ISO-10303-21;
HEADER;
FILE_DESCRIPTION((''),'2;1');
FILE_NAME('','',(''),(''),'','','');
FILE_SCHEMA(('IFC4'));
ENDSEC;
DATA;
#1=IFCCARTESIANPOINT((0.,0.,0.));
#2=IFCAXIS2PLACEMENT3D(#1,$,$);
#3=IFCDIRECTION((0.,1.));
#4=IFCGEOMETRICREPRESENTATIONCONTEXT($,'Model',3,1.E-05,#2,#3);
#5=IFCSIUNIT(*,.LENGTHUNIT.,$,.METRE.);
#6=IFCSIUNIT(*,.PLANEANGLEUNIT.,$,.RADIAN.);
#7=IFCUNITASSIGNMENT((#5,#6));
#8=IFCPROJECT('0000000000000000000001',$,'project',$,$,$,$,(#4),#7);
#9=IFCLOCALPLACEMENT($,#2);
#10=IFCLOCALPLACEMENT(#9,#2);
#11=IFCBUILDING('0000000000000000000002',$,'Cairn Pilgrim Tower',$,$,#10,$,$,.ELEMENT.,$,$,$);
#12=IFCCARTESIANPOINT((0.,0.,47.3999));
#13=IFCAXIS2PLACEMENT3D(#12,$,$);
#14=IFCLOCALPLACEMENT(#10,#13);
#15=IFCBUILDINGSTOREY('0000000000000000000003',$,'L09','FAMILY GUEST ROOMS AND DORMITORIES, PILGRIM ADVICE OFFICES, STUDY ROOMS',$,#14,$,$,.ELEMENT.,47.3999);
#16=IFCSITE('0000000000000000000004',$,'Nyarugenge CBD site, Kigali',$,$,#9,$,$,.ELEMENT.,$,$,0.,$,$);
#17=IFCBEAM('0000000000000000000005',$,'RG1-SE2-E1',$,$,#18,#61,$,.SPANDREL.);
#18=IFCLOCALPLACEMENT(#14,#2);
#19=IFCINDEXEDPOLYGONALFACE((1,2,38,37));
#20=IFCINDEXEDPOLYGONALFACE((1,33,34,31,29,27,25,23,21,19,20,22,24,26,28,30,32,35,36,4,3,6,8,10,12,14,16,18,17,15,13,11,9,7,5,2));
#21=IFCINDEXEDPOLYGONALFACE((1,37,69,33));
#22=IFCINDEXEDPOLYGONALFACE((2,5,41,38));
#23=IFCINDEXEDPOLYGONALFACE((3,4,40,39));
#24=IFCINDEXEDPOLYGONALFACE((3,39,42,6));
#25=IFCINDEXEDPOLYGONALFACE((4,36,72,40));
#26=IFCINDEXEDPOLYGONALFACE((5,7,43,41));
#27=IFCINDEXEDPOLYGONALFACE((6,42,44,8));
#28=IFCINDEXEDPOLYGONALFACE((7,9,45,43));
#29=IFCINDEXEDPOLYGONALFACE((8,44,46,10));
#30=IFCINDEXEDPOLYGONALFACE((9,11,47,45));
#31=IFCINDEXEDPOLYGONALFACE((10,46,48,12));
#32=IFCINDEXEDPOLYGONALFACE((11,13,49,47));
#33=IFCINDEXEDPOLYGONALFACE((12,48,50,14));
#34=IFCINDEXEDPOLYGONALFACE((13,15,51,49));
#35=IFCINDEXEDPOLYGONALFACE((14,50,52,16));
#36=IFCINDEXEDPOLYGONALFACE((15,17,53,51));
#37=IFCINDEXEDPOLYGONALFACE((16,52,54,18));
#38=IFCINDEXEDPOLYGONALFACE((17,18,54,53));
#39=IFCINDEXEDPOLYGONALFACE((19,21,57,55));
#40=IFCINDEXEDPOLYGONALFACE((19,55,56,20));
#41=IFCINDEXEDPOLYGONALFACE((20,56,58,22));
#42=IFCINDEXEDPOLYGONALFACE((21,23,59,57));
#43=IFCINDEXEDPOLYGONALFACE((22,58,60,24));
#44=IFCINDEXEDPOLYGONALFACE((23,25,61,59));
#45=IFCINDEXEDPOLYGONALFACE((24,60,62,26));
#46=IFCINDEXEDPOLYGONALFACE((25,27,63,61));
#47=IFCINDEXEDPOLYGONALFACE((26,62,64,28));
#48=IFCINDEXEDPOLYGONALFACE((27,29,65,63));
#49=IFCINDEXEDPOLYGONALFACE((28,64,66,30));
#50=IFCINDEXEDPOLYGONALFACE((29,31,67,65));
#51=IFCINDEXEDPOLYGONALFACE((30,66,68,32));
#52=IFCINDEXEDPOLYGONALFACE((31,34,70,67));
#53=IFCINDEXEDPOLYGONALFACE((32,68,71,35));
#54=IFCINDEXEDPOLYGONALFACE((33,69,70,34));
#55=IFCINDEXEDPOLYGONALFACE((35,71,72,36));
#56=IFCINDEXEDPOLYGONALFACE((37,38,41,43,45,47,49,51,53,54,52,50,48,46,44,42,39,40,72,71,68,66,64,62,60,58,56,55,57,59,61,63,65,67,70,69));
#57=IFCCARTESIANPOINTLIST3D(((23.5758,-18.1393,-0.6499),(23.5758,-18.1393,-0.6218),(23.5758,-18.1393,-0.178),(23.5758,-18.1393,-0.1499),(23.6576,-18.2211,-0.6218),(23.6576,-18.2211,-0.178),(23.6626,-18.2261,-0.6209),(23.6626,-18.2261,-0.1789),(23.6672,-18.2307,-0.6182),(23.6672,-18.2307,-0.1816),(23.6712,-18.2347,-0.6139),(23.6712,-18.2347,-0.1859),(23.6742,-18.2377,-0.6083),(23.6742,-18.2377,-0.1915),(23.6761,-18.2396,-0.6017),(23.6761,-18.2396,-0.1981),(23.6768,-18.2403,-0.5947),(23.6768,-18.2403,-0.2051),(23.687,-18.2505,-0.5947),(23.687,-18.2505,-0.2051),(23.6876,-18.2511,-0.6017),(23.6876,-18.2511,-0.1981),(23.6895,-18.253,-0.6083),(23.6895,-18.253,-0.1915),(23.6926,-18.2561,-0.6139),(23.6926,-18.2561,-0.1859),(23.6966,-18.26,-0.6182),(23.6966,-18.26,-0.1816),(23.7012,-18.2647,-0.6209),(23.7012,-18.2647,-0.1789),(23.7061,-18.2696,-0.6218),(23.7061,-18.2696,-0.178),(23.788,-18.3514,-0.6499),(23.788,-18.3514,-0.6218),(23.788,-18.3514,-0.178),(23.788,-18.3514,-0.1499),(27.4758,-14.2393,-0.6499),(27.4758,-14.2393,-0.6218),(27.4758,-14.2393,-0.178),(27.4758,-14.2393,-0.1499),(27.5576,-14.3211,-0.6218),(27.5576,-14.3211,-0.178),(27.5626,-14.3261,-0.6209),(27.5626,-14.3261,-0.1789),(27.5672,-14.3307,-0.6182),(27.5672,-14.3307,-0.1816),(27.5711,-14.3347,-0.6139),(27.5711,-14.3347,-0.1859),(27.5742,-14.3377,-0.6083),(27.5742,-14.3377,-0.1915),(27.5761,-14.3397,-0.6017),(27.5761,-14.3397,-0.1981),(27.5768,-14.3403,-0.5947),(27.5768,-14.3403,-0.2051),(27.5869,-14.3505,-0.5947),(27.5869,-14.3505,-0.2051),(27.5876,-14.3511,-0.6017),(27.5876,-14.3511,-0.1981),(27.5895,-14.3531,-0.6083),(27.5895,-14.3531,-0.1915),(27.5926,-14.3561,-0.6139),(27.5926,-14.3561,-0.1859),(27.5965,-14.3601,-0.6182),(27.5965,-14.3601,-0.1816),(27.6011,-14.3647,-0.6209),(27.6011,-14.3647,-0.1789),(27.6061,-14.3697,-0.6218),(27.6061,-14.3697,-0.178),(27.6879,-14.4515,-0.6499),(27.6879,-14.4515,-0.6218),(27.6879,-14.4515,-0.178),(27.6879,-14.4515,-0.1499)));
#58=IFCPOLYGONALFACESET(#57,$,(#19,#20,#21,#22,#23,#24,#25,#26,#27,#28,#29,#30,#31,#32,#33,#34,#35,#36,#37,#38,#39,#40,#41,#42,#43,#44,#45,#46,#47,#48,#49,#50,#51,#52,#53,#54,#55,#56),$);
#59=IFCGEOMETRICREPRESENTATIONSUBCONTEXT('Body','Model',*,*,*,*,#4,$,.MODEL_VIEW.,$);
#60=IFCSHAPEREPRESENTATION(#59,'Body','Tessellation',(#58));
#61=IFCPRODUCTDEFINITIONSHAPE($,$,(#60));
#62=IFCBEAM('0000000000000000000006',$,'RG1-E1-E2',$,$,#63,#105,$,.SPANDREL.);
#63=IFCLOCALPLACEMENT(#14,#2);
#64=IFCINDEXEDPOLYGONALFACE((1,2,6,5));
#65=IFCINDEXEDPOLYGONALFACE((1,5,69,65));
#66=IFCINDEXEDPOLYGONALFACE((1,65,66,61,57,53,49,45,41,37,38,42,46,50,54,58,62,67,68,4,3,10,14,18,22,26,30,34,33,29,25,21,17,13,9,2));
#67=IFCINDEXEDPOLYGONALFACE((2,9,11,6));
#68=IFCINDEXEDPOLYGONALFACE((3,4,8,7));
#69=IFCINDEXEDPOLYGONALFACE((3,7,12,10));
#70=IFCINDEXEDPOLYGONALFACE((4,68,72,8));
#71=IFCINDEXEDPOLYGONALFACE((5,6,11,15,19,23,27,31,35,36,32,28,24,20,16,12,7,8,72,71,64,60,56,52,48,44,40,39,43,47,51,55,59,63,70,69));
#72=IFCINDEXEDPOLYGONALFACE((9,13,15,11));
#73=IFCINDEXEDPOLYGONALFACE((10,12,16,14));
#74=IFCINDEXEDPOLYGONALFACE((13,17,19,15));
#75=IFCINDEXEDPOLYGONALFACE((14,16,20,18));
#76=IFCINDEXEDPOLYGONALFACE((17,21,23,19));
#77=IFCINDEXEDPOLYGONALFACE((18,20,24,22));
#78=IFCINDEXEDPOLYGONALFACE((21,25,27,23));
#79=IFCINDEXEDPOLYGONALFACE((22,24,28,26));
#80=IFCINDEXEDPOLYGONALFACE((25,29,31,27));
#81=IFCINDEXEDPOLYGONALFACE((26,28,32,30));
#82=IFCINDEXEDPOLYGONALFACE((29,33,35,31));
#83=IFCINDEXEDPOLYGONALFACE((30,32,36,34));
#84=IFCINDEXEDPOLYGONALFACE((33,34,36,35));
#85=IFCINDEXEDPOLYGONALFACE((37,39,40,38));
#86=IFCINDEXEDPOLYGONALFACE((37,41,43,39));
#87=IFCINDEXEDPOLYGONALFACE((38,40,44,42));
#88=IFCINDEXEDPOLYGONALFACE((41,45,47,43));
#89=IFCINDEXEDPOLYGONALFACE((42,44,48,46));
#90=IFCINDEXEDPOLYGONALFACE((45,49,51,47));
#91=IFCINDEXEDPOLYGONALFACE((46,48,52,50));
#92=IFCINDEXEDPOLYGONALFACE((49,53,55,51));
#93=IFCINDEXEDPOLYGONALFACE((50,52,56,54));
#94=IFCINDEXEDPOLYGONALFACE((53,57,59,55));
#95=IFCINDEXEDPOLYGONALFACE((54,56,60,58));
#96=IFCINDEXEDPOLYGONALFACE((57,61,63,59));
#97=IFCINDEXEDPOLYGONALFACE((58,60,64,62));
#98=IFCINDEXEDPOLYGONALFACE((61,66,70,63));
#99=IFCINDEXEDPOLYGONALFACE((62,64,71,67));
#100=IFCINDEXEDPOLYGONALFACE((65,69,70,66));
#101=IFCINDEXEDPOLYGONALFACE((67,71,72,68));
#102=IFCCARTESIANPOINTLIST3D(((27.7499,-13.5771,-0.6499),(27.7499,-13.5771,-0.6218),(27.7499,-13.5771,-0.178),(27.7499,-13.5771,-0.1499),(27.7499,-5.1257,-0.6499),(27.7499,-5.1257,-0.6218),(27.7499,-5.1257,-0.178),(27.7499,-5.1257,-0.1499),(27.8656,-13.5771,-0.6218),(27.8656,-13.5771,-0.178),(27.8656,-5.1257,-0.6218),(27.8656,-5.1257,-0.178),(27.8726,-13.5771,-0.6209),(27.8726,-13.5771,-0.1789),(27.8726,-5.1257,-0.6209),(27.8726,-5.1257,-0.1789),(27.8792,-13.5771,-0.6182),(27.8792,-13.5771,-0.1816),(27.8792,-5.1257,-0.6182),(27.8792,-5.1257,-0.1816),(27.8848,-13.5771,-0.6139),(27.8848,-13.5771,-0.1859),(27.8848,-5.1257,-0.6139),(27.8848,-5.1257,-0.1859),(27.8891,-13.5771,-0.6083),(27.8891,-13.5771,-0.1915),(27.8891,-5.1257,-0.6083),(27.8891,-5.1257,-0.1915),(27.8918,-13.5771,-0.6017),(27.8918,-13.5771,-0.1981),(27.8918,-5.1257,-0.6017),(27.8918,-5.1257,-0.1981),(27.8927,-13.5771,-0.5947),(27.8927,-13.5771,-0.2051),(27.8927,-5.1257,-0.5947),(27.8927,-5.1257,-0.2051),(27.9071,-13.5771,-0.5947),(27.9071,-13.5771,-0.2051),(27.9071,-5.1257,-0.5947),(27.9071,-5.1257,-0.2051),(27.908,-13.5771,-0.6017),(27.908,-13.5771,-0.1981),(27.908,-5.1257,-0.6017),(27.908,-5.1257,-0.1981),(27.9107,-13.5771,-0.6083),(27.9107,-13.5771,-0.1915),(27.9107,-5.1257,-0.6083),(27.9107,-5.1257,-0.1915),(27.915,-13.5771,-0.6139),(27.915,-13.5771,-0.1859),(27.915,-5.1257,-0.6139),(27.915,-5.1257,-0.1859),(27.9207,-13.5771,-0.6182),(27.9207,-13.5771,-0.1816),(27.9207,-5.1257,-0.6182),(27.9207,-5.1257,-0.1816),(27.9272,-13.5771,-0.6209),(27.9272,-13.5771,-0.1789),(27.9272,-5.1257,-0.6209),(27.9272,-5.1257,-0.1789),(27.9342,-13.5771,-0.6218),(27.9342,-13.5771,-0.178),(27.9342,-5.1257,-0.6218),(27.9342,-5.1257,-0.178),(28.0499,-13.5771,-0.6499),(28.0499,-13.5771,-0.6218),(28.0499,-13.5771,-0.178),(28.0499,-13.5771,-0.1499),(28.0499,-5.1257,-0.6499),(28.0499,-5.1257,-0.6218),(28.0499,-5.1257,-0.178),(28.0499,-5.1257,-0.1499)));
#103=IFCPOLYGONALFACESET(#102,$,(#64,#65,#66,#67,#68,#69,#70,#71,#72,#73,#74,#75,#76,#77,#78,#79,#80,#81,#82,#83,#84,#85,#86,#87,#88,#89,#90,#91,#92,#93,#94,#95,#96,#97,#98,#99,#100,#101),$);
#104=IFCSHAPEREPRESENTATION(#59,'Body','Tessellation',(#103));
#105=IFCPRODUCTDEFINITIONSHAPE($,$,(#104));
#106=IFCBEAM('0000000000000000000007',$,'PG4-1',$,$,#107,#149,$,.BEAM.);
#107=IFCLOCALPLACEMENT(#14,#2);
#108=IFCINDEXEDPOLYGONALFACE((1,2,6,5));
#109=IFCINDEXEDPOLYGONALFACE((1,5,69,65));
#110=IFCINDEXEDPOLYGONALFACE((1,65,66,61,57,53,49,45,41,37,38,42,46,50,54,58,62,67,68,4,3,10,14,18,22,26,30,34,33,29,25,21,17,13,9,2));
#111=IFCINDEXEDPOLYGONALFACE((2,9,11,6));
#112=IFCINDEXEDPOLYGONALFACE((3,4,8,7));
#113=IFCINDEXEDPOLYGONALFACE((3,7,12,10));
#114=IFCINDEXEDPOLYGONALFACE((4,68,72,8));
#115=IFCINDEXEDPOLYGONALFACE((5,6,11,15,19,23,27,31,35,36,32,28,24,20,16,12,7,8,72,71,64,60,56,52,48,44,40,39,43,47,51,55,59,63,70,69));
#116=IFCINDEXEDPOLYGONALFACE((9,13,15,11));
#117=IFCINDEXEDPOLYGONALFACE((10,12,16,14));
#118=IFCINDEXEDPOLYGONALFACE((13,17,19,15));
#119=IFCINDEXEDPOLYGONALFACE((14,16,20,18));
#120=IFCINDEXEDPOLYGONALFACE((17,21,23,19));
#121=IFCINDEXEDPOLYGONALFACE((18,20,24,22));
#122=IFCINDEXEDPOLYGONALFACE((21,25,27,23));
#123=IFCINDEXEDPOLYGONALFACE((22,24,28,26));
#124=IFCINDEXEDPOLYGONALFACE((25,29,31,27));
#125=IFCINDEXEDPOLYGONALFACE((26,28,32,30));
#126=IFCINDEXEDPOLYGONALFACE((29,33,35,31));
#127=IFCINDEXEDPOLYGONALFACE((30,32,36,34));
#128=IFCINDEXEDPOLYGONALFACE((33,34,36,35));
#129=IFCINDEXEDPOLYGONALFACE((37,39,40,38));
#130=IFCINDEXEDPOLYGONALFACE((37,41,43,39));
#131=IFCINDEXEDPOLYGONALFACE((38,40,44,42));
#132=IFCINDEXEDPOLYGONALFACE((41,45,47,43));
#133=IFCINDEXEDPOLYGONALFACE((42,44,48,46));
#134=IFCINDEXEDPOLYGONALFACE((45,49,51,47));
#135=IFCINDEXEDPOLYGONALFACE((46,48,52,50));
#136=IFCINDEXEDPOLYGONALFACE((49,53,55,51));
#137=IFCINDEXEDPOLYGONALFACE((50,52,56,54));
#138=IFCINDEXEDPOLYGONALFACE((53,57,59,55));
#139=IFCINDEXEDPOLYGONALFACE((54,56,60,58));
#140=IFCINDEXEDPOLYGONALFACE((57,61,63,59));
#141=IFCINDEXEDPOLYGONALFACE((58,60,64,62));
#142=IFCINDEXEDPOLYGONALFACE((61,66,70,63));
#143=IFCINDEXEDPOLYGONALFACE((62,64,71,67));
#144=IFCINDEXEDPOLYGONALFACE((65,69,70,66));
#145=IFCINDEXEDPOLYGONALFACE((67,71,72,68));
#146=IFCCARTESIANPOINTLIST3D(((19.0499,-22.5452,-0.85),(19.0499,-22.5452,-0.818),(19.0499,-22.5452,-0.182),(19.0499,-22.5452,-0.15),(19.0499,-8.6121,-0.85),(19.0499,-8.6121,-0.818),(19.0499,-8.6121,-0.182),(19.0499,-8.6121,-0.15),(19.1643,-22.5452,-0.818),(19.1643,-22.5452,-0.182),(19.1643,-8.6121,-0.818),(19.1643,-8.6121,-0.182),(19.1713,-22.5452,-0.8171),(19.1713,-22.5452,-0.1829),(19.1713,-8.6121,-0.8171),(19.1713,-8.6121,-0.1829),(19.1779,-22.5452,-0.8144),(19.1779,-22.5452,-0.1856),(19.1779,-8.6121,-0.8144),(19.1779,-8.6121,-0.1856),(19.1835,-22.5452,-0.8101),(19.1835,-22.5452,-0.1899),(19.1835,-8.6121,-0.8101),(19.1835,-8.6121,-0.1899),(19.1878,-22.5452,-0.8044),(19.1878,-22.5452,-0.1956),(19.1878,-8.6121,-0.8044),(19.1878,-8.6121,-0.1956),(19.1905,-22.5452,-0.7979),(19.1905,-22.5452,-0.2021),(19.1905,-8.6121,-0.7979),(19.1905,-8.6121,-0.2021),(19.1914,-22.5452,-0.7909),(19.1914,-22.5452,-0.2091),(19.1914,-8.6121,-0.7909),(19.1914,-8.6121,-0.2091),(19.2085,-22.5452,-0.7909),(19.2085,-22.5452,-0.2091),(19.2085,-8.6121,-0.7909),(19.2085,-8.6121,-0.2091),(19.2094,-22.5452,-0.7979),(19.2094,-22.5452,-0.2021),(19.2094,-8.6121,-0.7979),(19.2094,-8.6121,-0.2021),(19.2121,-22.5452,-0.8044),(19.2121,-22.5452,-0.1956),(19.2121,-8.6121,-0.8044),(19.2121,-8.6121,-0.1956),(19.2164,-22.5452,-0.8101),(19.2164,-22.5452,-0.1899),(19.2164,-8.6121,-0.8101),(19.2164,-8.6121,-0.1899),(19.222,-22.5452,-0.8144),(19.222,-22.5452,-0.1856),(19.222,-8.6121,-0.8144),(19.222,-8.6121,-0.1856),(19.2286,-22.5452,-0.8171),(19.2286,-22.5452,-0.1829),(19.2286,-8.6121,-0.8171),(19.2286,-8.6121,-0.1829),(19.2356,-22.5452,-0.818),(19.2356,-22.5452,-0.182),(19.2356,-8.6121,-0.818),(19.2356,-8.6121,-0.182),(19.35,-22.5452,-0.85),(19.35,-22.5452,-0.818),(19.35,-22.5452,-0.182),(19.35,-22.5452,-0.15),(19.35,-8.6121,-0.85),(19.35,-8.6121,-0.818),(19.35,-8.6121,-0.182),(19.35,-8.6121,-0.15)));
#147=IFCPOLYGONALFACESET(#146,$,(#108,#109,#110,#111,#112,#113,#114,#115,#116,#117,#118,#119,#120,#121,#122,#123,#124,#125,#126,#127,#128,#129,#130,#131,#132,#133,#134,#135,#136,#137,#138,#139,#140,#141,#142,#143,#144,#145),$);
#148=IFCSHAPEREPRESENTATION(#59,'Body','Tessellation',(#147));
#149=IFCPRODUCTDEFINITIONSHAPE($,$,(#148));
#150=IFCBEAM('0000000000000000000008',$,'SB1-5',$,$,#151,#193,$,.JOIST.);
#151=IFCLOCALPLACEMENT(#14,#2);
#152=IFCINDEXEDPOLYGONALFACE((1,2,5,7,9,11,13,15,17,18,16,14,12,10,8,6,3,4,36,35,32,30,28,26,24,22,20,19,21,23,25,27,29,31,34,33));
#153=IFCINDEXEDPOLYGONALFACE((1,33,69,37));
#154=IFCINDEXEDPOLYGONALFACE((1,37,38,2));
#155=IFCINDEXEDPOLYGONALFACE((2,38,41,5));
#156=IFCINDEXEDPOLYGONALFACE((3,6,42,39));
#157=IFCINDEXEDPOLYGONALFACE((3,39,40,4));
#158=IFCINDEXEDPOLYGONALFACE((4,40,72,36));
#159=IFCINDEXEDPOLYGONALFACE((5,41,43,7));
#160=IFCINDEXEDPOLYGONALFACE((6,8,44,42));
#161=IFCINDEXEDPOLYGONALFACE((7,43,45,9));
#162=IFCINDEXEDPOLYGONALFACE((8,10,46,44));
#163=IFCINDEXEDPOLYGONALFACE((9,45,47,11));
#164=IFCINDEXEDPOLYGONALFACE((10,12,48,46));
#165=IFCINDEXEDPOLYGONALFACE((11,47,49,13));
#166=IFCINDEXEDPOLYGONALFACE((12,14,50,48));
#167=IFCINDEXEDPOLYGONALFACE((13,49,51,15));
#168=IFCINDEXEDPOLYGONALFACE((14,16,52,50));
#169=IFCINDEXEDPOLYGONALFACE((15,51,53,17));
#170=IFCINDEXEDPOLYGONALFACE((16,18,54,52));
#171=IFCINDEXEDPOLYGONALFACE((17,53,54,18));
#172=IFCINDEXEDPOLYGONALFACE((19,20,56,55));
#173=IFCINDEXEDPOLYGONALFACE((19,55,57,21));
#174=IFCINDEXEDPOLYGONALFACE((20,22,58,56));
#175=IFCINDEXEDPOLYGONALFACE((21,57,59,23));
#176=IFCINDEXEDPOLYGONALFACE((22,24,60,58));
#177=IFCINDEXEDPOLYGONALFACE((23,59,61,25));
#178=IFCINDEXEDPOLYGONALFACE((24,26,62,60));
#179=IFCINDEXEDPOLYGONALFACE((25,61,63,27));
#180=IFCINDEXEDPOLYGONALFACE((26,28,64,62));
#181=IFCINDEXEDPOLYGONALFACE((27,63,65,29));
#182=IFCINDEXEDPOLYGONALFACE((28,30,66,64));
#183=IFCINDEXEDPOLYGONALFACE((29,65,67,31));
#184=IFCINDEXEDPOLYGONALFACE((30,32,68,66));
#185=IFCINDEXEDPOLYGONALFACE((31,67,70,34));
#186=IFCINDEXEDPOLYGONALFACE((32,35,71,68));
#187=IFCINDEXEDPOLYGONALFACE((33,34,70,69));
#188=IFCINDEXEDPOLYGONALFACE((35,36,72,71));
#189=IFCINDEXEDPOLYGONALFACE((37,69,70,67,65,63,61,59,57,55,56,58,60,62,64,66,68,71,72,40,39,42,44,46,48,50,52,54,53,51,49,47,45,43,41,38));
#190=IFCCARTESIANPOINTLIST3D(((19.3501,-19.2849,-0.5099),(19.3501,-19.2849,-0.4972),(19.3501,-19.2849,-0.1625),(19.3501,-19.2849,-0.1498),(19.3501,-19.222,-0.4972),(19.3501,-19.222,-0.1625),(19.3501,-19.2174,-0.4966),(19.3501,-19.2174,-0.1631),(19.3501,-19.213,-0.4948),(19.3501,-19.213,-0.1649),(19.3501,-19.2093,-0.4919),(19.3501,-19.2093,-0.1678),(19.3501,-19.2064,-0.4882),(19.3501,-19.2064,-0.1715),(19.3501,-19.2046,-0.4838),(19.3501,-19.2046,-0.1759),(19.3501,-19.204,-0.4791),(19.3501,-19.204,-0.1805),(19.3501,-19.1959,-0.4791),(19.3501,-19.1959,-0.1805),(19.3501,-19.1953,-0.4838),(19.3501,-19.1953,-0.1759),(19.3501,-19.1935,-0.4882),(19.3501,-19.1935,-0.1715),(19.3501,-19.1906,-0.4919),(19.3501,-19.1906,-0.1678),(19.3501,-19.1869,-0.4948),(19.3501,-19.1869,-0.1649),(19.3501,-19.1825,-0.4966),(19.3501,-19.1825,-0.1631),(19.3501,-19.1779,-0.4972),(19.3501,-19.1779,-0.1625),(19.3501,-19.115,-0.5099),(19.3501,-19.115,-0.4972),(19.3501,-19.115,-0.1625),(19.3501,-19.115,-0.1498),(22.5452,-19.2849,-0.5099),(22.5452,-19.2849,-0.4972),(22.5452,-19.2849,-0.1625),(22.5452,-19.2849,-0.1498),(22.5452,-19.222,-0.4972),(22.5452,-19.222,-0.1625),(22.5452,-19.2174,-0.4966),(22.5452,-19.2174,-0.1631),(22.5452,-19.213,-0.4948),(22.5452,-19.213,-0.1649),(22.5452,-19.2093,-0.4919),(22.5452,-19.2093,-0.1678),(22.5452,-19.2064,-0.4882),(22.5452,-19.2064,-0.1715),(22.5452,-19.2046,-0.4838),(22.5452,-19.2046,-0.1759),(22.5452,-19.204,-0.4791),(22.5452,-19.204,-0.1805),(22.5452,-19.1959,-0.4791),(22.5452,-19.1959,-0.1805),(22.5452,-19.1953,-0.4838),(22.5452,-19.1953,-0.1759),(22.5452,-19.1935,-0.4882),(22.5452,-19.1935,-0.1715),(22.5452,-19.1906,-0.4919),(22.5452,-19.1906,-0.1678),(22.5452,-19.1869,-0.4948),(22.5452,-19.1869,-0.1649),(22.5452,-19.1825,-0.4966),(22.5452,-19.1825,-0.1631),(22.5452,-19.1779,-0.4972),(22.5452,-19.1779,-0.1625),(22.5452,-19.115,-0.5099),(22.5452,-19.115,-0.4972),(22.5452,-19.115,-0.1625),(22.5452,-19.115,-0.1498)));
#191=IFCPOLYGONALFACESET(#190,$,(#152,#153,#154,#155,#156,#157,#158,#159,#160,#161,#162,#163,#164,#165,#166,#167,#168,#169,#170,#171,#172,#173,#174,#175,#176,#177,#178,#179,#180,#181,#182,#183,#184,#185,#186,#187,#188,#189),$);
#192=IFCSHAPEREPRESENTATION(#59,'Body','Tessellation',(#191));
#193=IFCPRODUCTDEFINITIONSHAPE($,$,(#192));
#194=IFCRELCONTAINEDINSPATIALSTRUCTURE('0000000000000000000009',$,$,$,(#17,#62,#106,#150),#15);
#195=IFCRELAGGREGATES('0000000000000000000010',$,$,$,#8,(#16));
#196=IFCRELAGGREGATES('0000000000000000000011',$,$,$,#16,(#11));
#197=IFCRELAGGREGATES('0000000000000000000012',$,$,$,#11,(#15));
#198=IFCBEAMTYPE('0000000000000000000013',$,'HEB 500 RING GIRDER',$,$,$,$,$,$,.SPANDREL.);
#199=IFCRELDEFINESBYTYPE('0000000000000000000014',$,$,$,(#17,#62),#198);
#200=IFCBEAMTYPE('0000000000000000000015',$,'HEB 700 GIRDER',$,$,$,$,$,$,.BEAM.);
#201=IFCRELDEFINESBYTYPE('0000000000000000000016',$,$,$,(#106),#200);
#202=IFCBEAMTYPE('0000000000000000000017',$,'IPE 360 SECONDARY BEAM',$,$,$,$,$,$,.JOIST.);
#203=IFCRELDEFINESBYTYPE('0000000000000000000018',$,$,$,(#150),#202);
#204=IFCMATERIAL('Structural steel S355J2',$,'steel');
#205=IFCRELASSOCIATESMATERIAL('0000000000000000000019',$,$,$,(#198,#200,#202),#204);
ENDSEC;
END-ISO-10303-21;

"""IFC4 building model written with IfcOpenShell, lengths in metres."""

from ifc_helpers import new_model, si_unit, direction, frame, origin, origin_2d, place, context, subcontext, project, spatial, i_section, extrude, material, material_profile, profile_set, type_object, element, save


model = new_model("IFC4")

# Units and contexts
model_context = context("Model", 3, precision=1e-05, world=origin(), true_north=direction((0.0, 1.0)))
body_context = subcontext(model_context, "Body", "Model", "MODEL_VIEW")
ifc_project = project(units=[si_unit("LENGTHUNIT", "METRE"), si_unit("PLANEANGLEUNIT", "RADIAN")], contexts=[model_context])

# Site, building, storey
site_placement = place(None, origin())
site = spatial("IfcSite", under=ifc_project, at=site_placement, Name="Nyarugenge CBD site, Kigali", CompositionType="ELEMENT", RefElevation=0.0)
building_placement = place(site_placement, origin())
building = spatial("IfcBuilding", under=site, at=building_placement, Name="Cairn Pilgrim Tower", CompositionType="ELEMENT")
storey_placement = place(building_placement, frame((0.0, 0.0, 47.3999)))
storey = spatial("IfcBuildingStorey", under=building, at=storey_placement, Name="L09", Description="FAMILY GUEST ROOMS AND DORMITORIES, PILGRIM ADVICE OFFICES, STUDY ROOMS", CompositionType="ELEMENT", Elevation=47.3999)

# Shared definitions
ifc_material_1 = material(Name="Structural steel S355J2", Category="steel")

# Beams
ifc_material_profile_1 = material_profile(ifc_material_1, i_section(OverallWidth=0.3, OverallDepth=0.5, WebThickness=0.0144, FlangeThickness=0.0281, FilletRadius=0.0271, at=origin_2d()), Name="HEB 500")
ifc_profile_set_1 = profile_set([ifc_material_profile_1], Name="Structural steel S355J2")
beam_type_1 = type_object("IfcBeamType", Name="HEB 500 RING GIRDER", PredefinedType="SPANDREL", material=ifc_profile_set_1)
beam_1_placement = place(storey_placement, frame((23.6819, -18.2454, -0.3999), z_axis=(0.707107, 0.707107, 0.0), x_axis=(-0.707107, 0.707107, 0.0)))
element("IfcBeam", 1, at=beam_1_placement, inside=storey, type_object=beam_type_1, Name="RG1-SE2-E1", PredefinedType="SPANDREL", context=body_context, shape_type="SweptSolid", body=[
    extrude(i_section(OverallWidth=0.3, OverallDepth=0.5, WebThickness=0.0144, FlangeThickness=0.0281, FilletRadius=0.0271, at=origin_2d()), origin(), (0.0, 0.0, 1.0), 5.5154),
])
beam_2_placement = place(storey_placement, frame((27.8999, -13.5771, -0.3999), z_axis=(0.0, 1.0, 0.0), x_axis=(-1.0, 0.0, 0.0)))
element("IfcBeam", 2, at=beam_2_placement, inside=storey, type_object=beam_type_1, Name="RG1-E1-E2", PredefinedType="SPANDREL", context=body_context, shape_type="SweptSolid", body=[
    extrude(i_section(OverallWidth=0.3, OverallDepth=0.5, WebThickness=0.0144, FlangeThickness=0.0281, FilletRadius=0.0271, at=origin_2d()), origin(), (0.0, 0.0, 1.0), 8.4514),
])
ifc_material_profile_2 = material_profile(ifc_material_1, i_section(OverallWidth=0.3, OverallDepth=0.7, WebThickness=0.0171, FlangeThickness=0.032, FilletRadius=0.0271, at=origin_2d()), Name="HEB 700")
ifc_profile_set_2 = profile_set([ifc_material_profile_2], Name="Structural steel S355J2")
beam_type_2 = type_object("IfcBeamType", Name="HEB 700 GIRDER", PredefinedType="BEAM", material=ifc_profile_set_2)
beam_3_placement = place(storey_placement, frame((19.2, -22.5452, -0.5), z_axis=(0.0, 1.0, 0.0), x_axis=(-1.0, 0.0, 0.0)))
element("IfcBeam", 3, at=beam_3_placement, inside=storey, type_object=beam_type_2, Name="PG4-1", PredefinedType="BEAM", context=body_context, shape_type="SweptSolid", body=[
    extrude(i_section(OverallWidth=0.3, OverallDepth=0.7, WebThickness=0.0171, FlangeThickness=0.032, FilletRadius=0.0271, at=origin_2d()), origin(), (0.0, 0.0, 1.0), 13.9331),
])
ifc_material_profile_3 = material_profile(ifc_material_1, i_section(OverallWidth=0.1699, OverallDepth=0.3601, WebThickness=0.0081, FlangeThickness=0.0127, FilletRadius=0.0181, at=origin_2d()), Name="IPE 360")
ifc_profile_set_3 = profile_set([ifc_material_profile_3], Name="Structural steel S355J2")
beam_type_3 = type_object("IfcBeamType", Name="IPE 360 SECONDARY BEAM", PredefinedType="JOIST", material=ifc_profile_set_3)
beam_4_placement = place(storey_placement, frame((19.3501, -19.2, -0.3298), z_axis=(1.0, 0.0, 0.0), x_axis=(0.0, 1.0, 0.0)))
element("IfcBeam", 4, at=beam_4_placement, inside=storey, type_object=beam_type_3, Name="SB1-5", PredefinedType="JOIST", context=body_context, shape_type="SweptSolid", body=[
    extrude(i_section(OverallWidth=0.1699, OverallDepth=0.3601, WebThickness=0.0081, FlangeThickness=0.0127, FilletRadius=0.0181, at=origin_2d()), origin(), (0.0, 0.0, 1.0), 3.1951),
])

save(model, "model.ifc")
